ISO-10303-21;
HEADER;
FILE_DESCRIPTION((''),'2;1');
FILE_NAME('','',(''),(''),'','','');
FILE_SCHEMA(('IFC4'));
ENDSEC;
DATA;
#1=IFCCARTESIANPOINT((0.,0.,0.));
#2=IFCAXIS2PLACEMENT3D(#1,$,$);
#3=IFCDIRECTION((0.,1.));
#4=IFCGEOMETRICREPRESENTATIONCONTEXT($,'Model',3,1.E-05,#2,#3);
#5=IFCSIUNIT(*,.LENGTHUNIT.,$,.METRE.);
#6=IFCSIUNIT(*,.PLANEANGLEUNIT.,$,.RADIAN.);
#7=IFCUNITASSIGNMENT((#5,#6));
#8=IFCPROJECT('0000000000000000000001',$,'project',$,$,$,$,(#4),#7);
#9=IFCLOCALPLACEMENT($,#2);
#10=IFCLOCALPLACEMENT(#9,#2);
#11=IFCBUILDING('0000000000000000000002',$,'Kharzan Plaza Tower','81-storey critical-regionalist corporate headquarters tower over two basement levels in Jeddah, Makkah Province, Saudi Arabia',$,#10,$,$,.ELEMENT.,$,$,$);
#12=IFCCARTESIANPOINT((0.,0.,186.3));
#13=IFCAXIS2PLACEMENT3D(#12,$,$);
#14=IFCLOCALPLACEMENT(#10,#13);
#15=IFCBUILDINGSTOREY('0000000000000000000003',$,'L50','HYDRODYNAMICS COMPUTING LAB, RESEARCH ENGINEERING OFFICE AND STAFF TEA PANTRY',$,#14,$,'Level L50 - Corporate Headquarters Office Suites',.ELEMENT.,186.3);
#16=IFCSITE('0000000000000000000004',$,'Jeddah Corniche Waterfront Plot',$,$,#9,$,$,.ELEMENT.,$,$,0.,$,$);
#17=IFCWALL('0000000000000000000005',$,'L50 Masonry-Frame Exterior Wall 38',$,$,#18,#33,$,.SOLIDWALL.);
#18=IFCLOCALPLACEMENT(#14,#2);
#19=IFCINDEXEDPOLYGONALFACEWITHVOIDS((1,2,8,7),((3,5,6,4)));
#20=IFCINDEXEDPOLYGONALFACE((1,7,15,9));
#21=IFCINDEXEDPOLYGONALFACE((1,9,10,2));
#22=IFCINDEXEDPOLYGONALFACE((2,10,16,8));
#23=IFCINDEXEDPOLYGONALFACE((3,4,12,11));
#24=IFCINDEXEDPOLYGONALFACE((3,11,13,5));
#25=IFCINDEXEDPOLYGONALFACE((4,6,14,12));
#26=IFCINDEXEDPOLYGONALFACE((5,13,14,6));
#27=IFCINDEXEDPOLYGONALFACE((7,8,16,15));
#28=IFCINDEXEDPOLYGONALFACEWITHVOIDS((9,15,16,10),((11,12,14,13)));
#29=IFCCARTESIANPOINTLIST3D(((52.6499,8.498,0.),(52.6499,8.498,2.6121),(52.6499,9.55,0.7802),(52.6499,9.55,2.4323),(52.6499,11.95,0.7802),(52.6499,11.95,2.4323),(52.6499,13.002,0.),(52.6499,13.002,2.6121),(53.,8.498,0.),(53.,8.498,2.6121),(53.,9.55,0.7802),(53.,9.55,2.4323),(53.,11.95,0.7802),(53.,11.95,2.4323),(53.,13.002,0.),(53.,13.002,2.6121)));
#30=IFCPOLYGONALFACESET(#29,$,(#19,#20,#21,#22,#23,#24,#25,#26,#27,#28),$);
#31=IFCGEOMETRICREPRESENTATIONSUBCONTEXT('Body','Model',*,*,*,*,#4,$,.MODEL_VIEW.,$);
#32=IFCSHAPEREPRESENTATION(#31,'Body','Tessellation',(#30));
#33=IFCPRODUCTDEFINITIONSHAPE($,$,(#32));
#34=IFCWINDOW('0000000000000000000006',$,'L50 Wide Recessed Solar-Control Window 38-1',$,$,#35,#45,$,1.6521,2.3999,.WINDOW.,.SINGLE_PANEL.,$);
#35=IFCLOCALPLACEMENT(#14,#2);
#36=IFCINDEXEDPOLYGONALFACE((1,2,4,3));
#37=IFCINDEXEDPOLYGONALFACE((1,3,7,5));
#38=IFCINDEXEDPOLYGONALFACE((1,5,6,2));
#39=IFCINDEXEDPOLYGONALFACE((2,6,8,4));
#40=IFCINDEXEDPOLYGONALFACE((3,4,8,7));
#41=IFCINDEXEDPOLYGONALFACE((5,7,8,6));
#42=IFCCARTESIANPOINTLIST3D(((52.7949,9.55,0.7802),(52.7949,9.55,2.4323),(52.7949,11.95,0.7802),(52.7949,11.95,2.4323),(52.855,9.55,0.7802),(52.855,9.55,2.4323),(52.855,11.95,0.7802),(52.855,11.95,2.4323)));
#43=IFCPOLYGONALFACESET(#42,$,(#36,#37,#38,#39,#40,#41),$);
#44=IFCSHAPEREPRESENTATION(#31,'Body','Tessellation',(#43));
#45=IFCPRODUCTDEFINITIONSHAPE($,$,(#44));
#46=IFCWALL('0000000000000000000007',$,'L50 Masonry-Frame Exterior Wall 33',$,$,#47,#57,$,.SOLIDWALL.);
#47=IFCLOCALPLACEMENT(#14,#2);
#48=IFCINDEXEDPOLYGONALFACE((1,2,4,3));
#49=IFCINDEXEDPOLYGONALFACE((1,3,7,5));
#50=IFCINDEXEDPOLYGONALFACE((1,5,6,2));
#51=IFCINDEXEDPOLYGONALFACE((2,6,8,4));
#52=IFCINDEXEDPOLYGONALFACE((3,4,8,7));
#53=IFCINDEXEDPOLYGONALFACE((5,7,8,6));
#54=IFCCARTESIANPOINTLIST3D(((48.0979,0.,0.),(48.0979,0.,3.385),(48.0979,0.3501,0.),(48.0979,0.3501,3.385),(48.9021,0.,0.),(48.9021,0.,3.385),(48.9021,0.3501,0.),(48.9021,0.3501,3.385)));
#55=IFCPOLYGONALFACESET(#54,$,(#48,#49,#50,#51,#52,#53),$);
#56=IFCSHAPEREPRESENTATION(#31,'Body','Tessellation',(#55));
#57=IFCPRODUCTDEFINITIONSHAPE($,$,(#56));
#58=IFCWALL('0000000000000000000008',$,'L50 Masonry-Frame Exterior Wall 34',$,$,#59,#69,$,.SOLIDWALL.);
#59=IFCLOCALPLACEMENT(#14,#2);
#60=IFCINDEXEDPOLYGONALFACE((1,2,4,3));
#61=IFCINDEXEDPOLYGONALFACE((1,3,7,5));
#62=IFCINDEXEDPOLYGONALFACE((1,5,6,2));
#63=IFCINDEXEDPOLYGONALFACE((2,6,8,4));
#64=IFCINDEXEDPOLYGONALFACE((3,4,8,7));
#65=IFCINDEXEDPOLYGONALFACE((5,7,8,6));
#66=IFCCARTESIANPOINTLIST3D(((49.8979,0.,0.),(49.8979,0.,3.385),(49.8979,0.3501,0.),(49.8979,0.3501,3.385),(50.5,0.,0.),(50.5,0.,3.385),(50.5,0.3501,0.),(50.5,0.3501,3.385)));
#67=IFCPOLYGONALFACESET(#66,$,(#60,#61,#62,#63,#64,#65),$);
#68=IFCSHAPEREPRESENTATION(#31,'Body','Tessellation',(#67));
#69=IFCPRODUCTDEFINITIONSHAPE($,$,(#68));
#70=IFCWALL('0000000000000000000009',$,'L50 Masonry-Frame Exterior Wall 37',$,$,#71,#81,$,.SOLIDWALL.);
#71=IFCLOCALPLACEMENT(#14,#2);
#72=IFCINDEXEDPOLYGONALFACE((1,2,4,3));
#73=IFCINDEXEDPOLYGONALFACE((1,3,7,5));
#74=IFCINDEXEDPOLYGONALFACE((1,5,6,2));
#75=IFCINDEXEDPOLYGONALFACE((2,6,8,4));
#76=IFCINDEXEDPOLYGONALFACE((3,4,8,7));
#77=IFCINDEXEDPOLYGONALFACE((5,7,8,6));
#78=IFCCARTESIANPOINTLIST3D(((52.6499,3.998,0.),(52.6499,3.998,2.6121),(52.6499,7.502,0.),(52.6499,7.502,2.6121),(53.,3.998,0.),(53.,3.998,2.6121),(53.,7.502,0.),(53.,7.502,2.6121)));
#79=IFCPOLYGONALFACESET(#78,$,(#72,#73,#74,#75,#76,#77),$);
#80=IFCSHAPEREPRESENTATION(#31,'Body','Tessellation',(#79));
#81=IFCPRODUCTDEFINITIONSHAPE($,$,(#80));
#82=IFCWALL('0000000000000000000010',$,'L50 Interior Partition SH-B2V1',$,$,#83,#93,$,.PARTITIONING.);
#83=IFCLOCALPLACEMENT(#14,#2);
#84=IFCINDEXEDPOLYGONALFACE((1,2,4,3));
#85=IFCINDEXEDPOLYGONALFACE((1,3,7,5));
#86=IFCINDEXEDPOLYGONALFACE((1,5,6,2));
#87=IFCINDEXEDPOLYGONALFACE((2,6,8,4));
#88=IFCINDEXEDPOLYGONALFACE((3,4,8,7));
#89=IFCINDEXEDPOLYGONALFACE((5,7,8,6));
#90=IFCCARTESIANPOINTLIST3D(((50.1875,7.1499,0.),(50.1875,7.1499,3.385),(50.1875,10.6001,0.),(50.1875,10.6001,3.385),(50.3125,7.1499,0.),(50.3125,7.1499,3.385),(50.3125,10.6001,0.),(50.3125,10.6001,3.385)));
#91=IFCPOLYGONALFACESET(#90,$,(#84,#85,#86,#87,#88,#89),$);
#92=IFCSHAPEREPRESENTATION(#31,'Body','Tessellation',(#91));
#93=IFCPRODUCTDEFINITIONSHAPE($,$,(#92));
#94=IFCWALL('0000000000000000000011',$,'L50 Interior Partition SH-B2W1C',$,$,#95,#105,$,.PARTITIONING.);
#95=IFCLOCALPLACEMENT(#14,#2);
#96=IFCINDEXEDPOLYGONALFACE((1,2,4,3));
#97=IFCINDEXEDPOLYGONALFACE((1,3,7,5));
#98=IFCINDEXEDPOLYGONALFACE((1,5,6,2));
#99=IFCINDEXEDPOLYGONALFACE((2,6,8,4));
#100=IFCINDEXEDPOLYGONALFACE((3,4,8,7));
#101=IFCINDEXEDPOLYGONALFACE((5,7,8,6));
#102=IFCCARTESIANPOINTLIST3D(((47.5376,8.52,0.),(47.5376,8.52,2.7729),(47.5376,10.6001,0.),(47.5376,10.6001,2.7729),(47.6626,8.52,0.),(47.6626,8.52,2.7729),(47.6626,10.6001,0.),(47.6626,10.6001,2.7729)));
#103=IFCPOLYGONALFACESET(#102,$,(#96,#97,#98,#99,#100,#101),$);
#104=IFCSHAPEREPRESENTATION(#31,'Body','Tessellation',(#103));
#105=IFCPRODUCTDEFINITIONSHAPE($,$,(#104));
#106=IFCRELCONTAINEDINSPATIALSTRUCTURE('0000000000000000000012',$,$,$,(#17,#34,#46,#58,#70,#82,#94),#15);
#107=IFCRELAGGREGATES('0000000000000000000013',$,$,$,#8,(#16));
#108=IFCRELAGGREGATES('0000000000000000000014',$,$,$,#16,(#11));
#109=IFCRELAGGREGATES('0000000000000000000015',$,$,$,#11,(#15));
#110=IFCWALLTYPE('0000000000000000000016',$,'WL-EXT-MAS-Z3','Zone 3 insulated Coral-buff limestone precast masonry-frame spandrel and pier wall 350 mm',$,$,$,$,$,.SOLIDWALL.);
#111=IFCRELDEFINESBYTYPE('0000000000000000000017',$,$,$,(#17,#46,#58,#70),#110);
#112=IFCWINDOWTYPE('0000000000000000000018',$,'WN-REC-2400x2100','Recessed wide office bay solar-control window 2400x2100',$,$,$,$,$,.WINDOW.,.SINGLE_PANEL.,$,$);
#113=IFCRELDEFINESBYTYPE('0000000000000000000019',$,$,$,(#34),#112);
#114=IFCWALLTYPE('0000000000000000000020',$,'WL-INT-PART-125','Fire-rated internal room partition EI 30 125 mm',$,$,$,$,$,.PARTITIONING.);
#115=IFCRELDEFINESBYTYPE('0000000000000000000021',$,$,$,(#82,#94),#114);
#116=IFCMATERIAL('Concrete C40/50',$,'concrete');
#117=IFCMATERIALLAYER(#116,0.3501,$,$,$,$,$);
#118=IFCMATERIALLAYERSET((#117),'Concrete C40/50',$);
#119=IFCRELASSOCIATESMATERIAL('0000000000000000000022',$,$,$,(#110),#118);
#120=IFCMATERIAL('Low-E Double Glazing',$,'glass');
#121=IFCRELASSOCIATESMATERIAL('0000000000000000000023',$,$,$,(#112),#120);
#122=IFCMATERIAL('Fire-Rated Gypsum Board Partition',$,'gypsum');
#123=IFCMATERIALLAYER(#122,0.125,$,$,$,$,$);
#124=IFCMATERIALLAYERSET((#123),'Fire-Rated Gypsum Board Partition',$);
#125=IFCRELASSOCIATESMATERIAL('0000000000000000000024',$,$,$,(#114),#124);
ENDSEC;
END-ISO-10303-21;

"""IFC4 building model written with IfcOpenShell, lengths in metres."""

from ifc_helpers import new_model, si_unit, direction, frame, frame_2d, origin, place, context, subcontext, project, spatial, rectangle, extrude, source, transform, mapped, material, layer, layer_set, type_object, element, fill, save


model = new_model("IFC4")

# Units and contexts
model_context = context("Model", 3, precision=1e-05, world=origin(), true_north=direction((0.0, 1.0)))
body_context = subcontext(model_context, "Body", "Model", "MODEL_VIEW")
ifc_project = project(units=[si_unit("LENGTHUNIT", "METRE"), si_unit("PLANEANGLEUNIT", "RADIAN")], contexts=[model_context])

# Site, building, storey
site_placement = place(None, origin())
site = spatial("IfcSite", under=ifc_project, at=site_placement, Name="Jeddah Corniche Waterfront Plot", CompositionType="ELEMENT", RefElevation=0.0)
building_placement = place(site_placement, origin())
building = spatial("IfcBuilding", under=site, at=building_placement, Name="Kharzan Plaza Tower", Description="81-storey critical-regionalist corporate headquarters tower over two basement levels in Jeddah, Makkah Province, Saudi Arabia", CompositionType="ELEMENT")
storey_placement = place(building_placement, frame((0.0, 0.0, 186.3)))
storey = spatial("IfcBuildingStorey", under=building, at=storey_placement, Name="L50", Description="HYDRODYNAMICS COMPUTING LAB, RESEARCH ENGINEERING OFFICE AND STAFF TEA PANTRY", LongName="Level L50 - Corporate Headquarters Office Suites", CompositionType="ELEMENT", Elevation=186.3)

# Wall, opening, window
ifc_material_1 = material(Name="Concrete C40/50", Category="concrete")
ifc_layer_1 = layer(ifc_material_1, 0.3501)
ifc_layer_set_1 = layer_set([ifc_layer_1], Name="Concrete C40/50")
wall_type_1 = type_object("IfcWallType", Name="WL-EXT-MAS-Z3", Description="Zone 3 insulated Coral-buff limestone precast masonry-frame spandrel and pier wall 350 mm", PredefinedType="SOLIDWALL", material=ifc_layer_set_1)
ifc_material_2 = material(Name="Low-E Double Glazing", Category="glass")
wall_1_placement = place(storey_placement, frame((52.825, 8.498, 0.0), z_axis=(0.0, 0.0, 1.0), x_axis=(0.0, 1.0, 0.0)))
wall_1 = element("IfcWall", 1, at=wall_1_placement, inside=storey, type_object=wall_type_1, Name="L50 Masonry-Frame Exterior Wall 38", PredefinedType="SOLIDWALL", context=body_context, shape_type="SweptSolid", body=[
    extrude(rectangle(XDim=4.5039, YDim=0.3501, at=frame_2d((2.252, 0.0))), origin(), (0.0, 0.0, 1.0), 2.6121),
])
opening_1_placement = place(wall_1_placement, frame((1.052, 0.0, 0.78)))
opening_1 = element("IfcOpeningElement", 2, at=opening_1_placement, cuts=wall_1, PredefinedType="OPENING", context=body_context, shape_type="SweptSolid", body=[
    extrude(rectangle(XDim=2.3999, YDim=1.6521, at=frame_2d((1.2, 0.8262))), frame((0.0, 0.1851, 0.0), z_axis=(0.0, -1.0, 0.0), x_axis=(1.0, 0.0, 0.0)), (0.0, 0.0, 1.0), 0.3701),
])
window_type_1 = type_object("IfcWindowType", Name="WN-REC-2400x2100", Description="Recessed wide office bay solar-control window 2400x2100", PartitioningType="SINGLE_PANEL", PredefinedType="WINDOW", material=ifc_material_2)
shared_shape_1 = source(origin(), body_context, "Body", "SweptSolid", [
    extrude(rectangle(XDim=2.3999, YDim=1.6521, at=frame_2d((1.2, 0.8262))), frame((0.0, 0.03, 0.0), z_axis=(0.0, -1.0, 0.0), x_axis=(1.0, 0.0, 0.0)), (0.0, 0.0, 1.0), 0.0601),
])
window_1_placement = place(opening_1_placement, origin())
window_1 = element("IfcWindow", 3, at=window_1_placement, inside=storey, type_object=window_type_1, Name="L50 Wide Recessed Solar-Control Window 38-1", OverallHeight=1.6521, OverallWidth=2.3999, PartitioningType="SINGLE_PANEL", PredefinedType="WINDOW", context=body_context, shape_type="MappedRepresentation", body=[
    mapped(shared_shape_1, transform((0.0, 0.0, 0.0), x_axis=(1.0, 0.0, 0.0), y_axis=(0.0, 1.0, 0.0), z_axis=(0.0, 0.0, 1.0))),
])
fill(opening_1, window_1)

# Walls
shared_shape_2 = source(origin(), body_context, "Body", "SweptSolid", [
    extrude(rectangle(XDim=0.8042, YDim=0.3501, at=frame_2d((0.4021, 0.0))), origin(), (0.0, 0.0, 1.0), 3.385),
])
wall_2_placement = place(storey_placement, frame((48.0979, 0.175, 0.0), z_axis=(0.0, 0.0, 1.0), x_axis=(1.0, 0.0, 0.0)))
element("IfcWall", 4, at=wall_2_placement, inside=storey, type_object=wall_type_1, Name="L50 Masonry-Frame Exterior Wall 33", PredefinedType="SOLIDWALL", context=body_context, shape_type="MappedRepresentation", body=[
    mapped(shared_shape_2, transform((0.0, 0.0, 0.0), x_axis=(1.0, 0.0, 0.0), y_axis=(0.0, 1.0, 0.0), z_axis=(0.0, 0.0, 1.0))),
])
shared_shape_3 = source(origin(), body_context, "Body", "SweptSolid", [
    extrude(rectangle(XDim=0.6021, YDim=0.3501, at=frame_2d((0.301, 0.0))), origin(), (0.0, 0.0, 1.0), 3.385),
])
wall_3_placement = place(storey_placement, frame((49.8979, 0.175, 0.0), z_axis=(0.0, 0.0, 1.0), x_axis=(1.0, 0.0, 0.0)))
element("IfcWall", 5, at=wall_3_placement, inside=storey, type_object=wall_type_1, Name="L50 Masonry-Frame Exterior Wall 34", PredefinedType="SOLIDWALL", context=body_context, shape_type="MappedRepresentation", body=[
    mapped(shared_shape_3, transform((0.0, 0.0, 0.0), x_axis=(1.0, 0.0, 0.0), y_axis=(0.0, 1.0, 0.0), z_axis=(0.0, 0.0, 1.0))),
])
shared_shape_4 = source(origin(), body_context, "Body", "SweptSolid", [
    extrude(rectangle(XDim=3.5039, YDim=0.3501, at=frame_2d((1.752, 0.0))), origin(), (0.0, 0.0, 1.0), 2.6121),
])
wall_4_placement = place(storey_placement, frame((52.825, 3.998, 0.0), z_axis=(0.0, 0.0, 1.0), x_axis=(0.0, 1.0, 0.0)))
element("IfcWall", 6, at=wall_4_placement, inside=storey, type_object=wall_type_1, Name="L50 Masonry-Frame Exterior Wall 37", PredefinedType="SOLIDWALL", context=body_context, shape_type="MappedRepresentation", body=[
    mapped(shared_shape_4, transform((0.0, 0.0, 0.0), x_axis=(1.0, 0.0, 0.0), y_axis=(0.0, 1.0, 0.0), z_axis=(0.0, 0.0, 1.0))),
])
ifc_material_3 = material(Name="Fire-Rated Gypsum Board Partition", Category="gypsum")
ifc_layer_2 = layer(ifc_material_3, 0.125)
ifc_layer_set_2 = layer_set([ifc_layer_2], Name="Fire-Rated Gypsum Board Partition")
wall_type_2 = type_object("IfcWallType", Name="WL-INT-PART-125", Description="Fire-rated internal room partition EI 30 125 mm", PredefinedType="PARTITIONING", material=ifc_layer_set_2)
shared_shape_5 = source(origin(), body_context, "Body", "SweptSolid", [
    extrude(rectangle(XDim=3.4502, YDim=0.125, at=frame_2d((1.7251, 0.0))), origin(), (0.0, 0.0, 1.0), 3.385),
])
wall_5_placement = place(storey_placement, frame((50.25, 7.1499, 0.0), z_axis=(0.0, 0.0, 1.0), x_axis=(0.0, 1.0, 0.0)))
element("IfcWall", 7, at=wall_5_placement, inside=storey, type_object=wall_type_2, Name="L50 Interior Partition SH-B2V1", PredefinedType="PARTITIONING", context=body_context, shape_type="MappedRepresentation", body=[
    mapped(shared_shape_5, transform((0.0, 0.0, 0.0), x_axis=(1.0, 0.0, 0.0), y_axis=(0.0, 1.0, 0.0), z_axis=(0.0, 0.0, 1.0))),
])
shared_shape_6 = source(origin(), body_context, "Body", "SweptSolid", [
    extrude(rectangle(XDim=2.0801, YDim=0.125, at=frame_2d((1.04, 0.0))), origin(), (0.0, 0.0, 1.0), 2.7729),
])
wall_6_placement = place(storey_placement, frame((47.6001, 8.52, 0.0), z_axis=(0.0, 0.0, 1.0), x_axis=(0.0, 1.0, 0.0)))
element("IfcWall", 8, at=wall_6_placement, inside=storey, type_object=wall_type_2, Name="L50 Interior Partition SH-B2W1C", PredefinedType="PARTITIONING", context=body_context, shape_type="MappedRepresentation", body=[
    mapped(shared_shape_6, transform((0.0, 0.0, 0.0), x_axis=(1.0, 0.0, 0.0), y_axis=(0.0, 1.0, 0.0), z_axis=(0.0, 0.0, 1.0))),
])

save(model, "model.ifc")
